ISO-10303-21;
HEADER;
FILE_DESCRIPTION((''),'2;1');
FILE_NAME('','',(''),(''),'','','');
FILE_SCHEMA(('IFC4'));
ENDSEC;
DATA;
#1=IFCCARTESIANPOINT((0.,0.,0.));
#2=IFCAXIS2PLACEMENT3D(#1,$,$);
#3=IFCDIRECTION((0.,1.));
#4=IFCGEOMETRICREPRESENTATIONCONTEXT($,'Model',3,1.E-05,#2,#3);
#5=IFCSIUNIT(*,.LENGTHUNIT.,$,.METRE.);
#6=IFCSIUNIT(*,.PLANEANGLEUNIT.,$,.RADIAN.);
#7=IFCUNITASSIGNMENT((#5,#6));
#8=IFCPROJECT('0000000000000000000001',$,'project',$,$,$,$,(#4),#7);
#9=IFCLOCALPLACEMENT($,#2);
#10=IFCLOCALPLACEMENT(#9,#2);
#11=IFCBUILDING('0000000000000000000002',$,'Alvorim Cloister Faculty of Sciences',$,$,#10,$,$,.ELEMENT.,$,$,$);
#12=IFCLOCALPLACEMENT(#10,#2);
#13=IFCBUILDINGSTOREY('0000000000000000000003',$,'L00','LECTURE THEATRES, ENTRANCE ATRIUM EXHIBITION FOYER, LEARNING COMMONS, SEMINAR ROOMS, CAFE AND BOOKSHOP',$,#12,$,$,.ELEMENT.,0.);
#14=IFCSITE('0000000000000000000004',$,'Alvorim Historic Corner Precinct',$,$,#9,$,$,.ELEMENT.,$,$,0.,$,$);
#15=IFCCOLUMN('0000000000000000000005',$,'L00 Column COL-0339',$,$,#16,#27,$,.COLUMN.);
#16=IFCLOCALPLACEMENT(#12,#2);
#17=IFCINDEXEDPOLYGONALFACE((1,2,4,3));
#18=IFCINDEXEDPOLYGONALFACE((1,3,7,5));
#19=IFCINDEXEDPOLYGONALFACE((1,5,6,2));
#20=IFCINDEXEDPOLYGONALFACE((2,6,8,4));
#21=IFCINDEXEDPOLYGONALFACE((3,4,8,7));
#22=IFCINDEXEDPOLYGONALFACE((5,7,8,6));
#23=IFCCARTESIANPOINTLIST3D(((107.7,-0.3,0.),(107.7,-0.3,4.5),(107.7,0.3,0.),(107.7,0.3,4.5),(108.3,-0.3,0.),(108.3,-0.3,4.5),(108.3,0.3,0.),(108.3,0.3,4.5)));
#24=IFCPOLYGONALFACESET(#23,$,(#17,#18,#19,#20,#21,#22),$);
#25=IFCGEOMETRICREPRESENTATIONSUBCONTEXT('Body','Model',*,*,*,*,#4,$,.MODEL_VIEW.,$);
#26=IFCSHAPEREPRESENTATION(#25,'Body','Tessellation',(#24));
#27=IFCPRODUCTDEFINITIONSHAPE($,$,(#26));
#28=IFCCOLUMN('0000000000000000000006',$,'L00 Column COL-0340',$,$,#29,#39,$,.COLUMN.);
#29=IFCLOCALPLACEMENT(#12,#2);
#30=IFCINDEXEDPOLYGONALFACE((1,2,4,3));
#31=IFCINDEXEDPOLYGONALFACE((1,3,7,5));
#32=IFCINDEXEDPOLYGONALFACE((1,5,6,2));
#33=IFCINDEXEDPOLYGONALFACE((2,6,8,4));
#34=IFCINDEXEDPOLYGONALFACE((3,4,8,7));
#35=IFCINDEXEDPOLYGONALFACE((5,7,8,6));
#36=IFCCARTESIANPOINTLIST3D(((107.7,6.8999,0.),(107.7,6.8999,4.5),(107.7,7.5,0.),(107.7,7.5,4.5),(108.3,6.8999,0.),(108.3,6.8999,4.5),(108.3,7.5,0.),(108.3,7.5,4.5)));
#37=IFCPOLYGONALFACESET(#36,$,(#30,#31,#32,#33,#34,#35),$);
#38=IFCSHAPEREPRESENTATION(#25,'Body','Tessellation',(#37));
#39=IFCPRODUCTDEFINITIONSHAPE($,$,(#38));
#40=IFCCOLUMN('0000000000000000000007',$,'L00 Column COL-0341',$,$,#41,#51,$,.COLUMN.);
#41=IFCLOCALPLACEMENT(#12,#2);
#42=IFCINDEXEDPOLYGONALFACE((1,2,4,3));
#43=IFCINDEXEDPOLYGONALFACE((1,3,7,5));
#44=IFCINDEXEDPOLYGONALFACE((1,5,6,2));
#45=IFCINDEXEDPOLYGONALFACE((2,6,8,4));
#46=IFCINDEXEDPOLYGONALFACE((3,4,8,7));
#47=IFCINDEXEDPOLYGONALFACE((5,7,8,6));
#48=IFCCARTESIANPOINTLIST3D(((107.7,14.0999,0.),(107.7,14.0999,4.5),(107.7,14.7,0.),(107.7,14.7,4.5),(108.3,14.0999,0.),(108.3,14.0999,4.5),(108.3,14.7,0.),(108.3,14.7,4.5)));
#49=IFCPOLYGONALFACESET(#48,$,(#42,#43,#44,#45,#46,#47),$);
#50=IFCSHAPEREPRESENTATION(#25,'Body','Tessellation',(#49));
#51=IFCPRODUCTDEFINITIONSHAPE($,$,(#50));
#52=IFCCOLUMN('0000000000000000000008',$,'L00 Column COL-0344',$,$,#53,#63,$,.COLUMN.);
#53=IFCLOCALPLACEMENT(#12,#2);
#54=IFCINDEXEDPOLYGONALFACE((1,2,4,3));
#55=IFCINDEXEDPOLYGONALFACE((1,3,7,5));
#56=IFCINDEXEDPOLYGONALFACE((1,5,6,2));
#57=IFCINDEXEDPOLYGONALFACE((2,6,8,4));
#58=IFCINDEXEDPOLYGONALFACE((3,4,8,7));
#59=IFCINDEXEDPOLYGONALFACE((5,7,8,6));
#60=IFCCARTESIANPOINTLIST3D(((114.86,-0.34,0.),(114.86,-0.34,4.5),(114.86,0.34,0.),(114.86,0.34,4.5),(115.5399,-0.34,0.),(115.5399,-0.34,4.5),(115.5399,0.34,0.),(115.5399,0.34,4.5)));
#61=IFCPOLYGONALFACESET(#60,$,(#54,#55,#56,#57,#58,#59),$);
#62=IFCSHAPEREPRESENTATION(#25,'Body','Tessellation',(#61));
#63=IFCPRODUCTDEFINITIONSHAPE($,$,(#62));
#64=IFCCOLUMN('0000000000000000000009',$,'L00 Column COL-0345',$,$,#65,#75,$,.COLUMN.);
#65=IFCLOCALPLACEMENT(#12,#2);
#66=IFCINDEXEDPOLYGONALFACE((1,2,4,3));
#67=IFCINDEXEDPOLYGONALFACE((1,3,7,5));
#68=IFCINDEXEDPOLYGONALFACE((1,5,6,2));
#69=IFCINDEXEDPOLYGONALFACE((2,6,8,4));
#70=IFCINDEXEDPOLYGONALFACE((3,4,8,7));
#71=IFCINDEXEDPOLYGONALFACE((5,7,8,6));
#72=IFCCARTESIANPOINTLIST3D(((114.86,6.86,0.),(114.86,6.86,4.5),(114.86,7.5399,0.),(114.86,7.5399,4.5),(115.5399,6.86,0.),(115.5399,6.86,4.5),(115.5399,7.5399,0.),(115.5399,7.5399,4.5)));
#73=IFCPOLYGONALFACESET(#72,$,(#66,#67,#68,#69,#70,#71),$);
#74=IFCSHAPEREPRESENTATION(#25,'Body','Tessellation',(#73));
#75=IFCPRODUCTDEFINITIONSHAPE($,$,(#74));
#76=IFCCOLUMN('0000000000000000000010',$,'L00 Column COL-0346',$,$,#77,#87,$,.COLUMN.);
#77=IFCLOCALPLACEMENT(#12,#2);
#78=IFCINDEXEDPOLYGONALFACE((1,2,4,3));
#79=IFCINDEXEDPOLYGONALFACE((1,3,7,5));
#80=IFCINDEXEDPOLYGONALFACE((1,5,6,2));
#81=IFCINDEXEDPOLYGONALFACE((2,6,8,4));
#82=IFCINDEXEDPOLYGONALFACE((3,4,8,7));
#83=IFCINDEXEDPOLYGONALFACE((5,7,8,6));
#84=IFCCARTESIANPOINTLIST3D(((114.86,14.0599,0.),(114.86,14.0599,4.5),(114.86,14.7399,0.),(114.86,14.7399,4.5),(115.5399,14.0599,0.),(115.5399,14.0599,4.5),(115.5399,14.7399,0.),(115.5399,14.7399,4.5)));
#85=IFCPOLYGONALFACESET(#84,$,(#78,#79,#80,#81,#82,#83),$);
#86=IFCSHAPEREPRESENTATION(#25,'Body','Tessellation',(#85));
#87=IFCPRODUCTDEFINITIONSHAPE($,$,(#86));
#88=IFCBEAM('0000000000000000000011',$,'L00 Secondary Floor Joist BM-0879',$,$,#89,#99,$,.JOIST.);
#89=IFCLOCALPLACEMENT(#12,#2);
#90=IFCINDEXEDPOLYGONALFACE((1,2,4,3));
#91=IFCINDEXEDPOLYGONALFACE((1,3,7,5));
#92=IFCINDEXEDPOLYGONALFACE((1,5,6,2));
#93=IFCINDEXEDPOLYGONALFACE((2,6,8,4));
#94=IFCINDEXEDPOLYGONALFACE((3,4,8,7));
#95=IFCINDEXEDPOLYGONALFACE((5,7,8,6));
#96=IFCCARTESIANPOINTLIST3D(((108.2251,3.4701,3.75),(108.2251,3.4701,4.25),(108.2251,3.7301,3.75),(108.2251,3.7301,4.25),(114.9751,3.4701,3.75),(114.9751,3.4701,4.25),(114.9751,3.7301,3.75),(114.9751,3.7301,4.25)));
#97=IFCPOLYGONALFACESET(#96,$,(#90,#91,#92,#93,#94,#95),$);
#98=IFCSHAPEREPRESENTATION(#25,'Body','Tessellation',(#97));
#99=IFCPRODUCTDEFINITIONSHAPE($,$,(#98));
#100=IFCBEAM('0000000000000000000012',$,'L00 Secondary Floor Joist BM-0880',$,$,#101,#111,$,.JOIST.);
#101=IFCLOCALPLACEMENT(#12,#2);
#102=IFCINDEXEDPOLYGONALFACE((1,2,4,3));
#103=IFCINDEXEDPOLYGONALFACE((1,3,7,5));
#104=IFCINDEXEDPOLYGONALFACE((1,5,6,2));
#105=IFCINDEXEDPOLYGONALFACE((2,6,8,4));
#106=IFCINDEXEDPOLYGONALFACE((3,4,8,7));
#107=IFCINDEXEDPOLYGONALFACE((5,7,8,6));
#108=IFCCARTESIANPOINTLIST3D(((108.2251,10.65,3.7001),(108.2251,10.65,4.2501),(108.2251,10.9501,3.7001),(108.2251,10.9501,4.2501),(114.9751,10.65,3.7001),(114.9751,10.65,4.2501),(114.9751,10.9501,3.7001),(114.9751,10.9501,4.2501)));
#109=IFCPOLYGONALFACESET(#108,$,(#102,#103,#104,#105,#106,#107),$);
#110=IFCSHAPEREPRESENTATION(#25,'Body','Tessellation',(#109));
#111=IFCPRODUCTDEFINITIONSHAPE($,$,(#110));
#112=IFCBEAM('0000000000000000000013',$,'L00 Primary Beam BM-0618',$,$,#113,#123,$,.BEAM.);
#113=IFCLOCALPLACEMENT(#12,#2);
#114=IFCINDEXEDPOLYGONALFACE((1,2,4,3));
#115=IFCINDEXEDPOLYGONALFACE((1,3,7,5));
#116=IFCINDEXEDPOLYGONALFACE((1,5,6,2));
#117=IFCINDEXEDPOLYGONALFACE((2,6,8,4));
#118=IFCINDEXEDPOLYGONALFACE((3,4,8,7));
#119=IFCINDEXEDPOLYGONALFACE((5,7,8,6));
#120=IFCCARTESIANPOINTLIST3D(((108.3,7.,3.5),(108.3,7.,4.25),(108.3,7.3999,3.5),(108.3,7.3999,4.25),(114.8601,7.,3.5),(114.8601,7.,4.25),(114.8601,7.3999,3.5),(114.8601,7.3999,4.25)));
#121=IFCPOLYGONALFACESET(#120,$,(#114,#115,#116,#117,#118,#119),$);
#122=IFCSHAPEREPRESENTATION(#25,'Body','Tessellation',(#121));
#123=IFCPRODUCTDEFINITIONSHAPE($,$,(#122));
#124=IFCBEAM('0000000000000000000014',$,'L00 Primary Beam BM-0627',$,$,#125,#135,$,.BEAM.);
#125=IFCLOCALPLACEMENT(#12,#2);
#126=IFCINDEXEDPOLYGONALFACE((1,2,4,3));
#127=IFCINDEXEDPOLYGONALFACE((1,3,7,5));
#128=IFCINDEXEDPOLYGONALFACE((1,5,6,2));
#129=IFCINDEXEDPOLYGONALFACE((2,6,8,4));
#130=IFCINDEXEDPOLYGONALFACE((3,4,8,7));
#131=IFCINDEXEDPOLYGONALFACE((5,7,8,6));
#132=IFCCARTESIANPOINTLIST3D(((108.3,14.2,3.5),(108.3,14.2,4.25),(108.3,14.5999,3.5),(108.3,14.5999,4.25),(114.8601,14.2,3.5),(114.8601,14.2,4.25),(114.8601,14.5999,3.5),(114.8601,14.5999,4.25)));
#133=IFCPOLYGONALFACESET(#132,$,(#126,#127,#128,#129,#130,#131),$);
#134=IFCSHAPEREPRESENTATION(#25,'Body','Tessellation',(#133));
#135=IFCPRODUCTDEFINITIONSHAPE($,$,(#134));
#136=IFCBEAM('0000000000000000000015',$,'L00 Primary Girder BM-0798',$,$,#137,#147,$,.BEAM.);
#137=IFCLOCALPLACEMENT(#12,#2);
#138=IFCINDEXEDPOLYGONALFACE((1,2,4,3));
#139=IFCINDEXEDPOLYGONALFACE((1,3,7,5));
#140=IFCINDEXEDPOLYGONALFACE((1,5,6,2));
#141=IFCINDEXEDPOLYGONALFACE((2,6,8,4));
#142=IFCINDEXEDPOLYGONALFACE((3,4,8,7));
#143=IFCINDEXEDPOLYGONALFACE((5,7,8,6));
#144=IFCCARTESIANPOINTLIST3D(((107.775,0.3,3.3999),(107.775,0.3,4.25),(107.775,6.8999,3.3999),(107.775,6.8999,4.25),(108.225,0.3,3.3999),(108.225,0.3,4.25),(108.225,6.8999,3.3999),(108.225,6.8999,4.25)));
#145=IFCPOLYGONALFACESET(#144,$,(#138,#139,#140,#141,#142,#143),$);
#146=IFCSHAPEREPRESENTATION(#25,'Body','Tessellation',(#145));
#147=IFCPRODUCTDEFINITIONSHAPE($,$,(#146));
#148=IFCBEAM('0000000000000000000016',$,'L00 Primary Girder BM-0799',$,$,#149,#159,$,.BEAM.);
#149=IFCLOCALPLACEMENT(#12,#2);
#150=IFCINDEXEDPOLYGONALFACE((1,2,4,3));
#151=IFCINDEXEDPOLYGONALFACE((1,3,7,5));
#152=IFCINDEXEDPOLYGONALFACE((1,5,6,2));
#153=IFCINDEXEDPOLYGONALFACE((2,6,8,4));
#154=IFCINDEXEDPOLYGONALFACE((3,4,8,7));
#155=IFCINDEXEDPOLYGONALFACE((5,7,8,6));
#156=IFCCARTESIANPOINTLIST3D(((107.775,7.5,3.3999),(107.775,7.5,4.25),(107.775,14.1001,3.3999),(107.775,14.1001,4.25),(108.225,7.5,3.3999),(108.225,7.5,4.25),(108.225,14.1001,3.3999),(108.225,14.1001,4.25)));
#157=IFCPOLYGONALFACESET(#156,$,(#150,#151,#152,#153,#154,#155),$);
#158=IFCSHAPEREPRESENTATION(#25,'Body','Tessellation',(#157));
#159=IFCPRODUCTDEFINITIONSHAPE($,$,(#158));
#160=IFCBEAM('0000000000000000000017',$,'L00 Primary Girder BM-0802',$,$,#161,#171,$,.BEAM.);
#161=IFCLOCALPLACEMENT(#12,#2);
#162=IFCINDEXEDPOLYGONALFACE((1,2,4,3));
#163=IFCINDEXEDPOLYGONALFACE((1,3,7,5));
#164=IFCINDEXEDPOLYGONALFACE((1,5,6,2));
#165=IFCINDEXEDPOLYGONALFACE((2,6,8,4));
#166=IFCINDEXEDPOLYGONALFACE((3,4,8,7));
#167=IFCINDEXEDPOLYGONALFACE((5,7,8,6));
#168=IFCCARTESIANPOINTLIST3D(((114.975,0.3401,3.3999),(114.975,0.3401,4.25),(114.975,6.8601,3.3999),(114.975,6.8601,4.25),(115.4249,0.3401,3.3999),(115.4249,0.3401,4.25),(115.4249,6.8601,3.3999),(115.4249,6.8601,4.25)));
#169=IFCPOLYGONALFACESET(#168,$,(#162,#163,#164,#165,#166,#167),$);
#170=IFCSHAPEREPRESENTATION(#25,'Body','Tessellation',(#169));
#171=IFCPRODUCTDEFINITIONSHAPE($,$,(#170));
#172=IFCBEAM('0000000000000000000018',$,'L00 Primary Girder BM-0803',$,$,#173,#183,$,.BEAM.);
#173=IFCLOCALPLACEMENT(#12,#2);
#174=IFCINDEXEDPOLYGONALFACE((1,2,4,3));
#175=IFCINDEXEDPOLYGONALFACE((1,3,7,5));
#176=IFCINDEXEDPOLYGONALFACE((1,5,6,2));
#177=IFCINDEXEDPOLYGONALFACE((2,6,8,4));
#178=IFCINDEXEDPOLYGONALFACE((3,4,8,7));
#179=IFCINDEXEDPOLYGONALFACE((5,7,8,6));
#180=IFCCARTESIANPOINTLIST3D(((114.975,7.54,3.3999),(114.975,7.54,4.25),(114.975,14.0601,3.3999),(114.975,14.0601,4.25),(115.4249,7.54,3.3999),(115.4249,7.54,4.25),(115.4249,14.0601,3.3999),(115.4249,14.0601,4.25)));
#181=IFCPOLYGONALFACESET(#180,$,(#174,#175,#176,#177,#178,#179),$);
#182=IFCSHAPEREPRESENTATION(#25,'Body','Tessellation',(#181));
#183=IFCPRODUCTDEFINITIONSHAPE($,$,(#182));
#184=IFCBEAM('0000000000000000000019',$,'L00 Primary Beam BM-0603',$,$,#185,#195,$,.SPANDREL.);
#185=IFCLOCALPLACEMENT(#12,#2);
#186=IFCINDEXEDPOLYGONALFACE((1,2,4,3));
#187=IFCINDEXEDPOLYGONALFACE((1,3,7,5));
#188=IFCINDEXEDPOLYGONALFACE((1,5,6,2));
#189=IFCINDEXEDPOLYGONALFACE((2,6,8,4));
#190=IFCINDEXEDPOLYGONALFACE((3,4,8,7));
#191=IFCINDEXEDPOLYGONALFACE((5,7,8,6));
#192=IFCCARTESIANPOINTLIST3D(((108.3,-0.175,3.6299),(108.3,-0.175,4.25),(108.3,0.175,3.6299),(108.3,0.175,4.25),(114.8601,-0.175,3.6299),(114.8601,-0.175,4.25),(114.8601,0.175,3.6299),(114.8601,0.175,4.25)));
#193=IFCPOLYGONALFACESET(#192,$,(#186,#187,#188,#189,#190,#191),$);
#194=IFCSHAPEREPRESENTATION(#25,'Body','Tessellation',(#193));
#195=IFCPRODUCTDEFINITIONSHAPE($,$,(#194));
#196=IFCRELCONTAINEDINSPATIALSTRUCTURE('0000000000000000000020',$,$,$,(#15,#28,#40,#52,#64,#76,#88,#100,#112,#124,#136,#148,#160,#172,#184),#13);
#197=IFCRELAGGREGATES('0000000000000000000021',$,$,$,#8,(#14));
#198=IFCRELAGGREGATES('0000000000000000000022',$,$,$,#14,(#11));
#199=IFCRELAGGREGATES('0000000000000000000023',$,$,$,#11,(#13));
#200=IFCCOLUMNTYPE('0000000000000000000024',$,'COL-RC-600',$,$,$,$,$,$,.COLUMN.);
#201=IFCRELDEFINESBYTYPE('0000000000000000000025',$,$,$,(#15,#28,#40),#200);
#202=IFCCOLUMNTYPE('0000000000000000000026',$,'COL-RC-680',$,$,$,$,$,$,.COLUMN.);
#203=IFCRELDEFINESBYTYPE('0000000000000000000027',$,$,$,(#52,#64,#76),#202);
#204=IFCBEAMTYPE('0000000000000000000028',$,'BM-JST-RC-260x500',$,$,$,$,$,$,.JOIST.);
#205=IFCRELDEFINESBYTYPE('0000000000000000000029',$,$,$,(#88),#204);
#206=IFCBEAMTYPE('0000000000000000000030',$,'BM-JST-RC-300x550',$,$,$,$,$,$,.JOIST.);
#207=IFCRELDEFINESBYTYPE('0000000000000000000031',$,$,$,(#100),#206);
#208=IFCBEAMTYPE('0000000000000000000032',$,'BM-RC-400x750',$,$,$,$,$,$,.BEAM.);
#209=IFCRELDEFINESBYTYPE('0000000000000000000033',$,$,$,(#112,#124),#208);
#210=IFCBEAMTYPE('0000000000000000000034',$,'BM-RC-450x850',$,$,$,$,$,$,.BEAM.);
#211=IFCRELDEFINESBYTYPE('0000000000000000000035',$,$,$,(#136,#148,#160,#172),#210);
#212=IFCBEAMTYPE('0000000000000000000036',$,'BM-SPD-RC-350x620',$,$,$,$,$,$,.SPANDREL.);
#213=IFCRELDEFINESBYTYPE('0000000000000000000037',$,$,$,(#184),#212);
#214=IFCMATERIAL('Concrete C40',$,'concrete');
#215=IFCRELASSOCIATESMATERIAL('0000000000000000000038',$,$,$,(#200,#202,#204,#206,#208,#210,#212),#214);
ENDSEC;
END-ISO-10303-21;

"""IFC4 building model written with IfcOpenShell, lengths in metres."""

from ifc_helpers import new_model, si_unit, direction, frame, origin, origin_2d, place, context, subcontext, project, spatial, rectangle, extrude, material, material_profile, profile_set, type_object, element, save


model = new_model("IFC4")

# Units and contexts
model_context = context("Model", 3, precision=1e-05, world=origin(), true_north=direction((0.0, 1.0)))
body_context = subcontext(model_context, "Body", "Model", "MODEL_VIEW")
ifc_project = project(units=[si_unit("LENGTHUNIT", "METRE"), si_unit("PLANEANGLEUNIT", "RADIAN")], contexts=[model_context])

# Site, building, storey
site_placement = place(None, origin())
site = spatial("IfcSite", under=ifc_project, at=site_placement, Name="Alvorim Historic Corner Precinct", CompositionType="ELEMENT", RefElevation=0.0)
building_placement = place(site_placement, origin())
building = spatial("IfcBuilding", under=site, at=building_placement, Name="Alvorim Cloister Faculty of Sciences", CompositionType="ELEMENT")
storey_placement = place(building_placement, origin())
storey = spatial("IfcBuildingStorey", under=building, at=storey_placement, Name="L00", Description="LECTURE THEATRES, ENTRANCE ATRIUM EXHIBITION FOYER, LEARNING COMMONS, SEMINAR ROOMS, CAFE AND BOOKSHOP", CompositionType="ELEMENT", Elevation=0.0)

# Columns
ifc_material_1 = material(Name="Concrete C40", Category="concrete")
ifc_material_profile_1 = material_profile(ifc_material_1, rectangle(XDim=0.6001, YDim=0.6001, at=origin_2d()), Name="RC40-COL-600x600")
ifc_profile_set_1 = profile_set([ifc_material_profile_1], Name="Concrete C40")
column_type_1 = type_object("IfcColumnType", Name="COL-RC-600", PredefinedType="COLUMN", material=ifc_profile_set_1)
for number, where, z_axis, x_axis, name in (
    (1, (108.0, 0.0, 0.0), (0.0, 0.0, 1.0), (1.0, 0.0, 0.0), "L00 Column COL-0339"),
    (2, (108.0, 7.2, 0.0), (0.0, 0.0, 1.0), (1.0, 0.0, 0.0), "L00 Column COL-0340"),
    (3, (108.0, 14.3999, 0.0), (0.0, 0.0, 1.0), (1.0, 0.0, 0.0), "L00 Column COL-0341"),
):
    element("IfcColumn", number, at=place(storey_placement, frame(where, z_axis=z_axis, x_axis=x_axis)), inside=storey, type_object=column_type_1, Name=name, PredefinedType="COLUMN", context=body_context, shape_type="SweptSolid", body=[
        extrude(rectangle(XDim=0.6001, YDim=0.6001, at=origin_2d()), origin(), (0.0, 0.0, 1.0), 4.5),
    ])
ifc_material_profile_2 = material_profile(ifc_material_1, rectangle(XDim=0.6799, YDim=0.6799, at=origin_2d()), Name="RC40-COL-680x680")
ifc_profile_set_2 = profile_set([ifc_material_profile_2], Name="Concrete C40")
column_type_2 = type_object("IfcColumnType", Name="COL-RC-680", PredefinedType="COLUMN", material=ifc_profile_set_2)
for number, where, z_axis, x_axis, name in (
    (4, (115.2, 0.0, 0.0), (0.0, 0.0, 1.0), (1.0, 0.0, 0.0), "L00 Column COL-0344"),
    (5, (115.2, 7.2, 0.0), (0.0, 0.0, 1.0), (1.0, 0.0, 0.0), "L00 Column COL-0345"),
    (6, (115.2, 14.3999, 0.0), (0.0, 0.0, 1.0), (1.0, 0.0, 0.0), "L00 Column COL-0346"),
):
    element("IfcColumn", number, at=place(storey_placement, frame(where, z_axis=z_axis, x_axis=x_axis)), inside=storey, type_object=column_type_2, Name=name, PredefinedType="COLUMN", context=body_context, shape_type="SweptSolid", body=[
        extrude(rectangle(XDim=0.6799, YDim=0.6799, at=origin_2d()), origin(), (0.0, 0.0, 1.0), 4.5),
    ])

# Beams
ifc_material_profile_3 = material_profile(ifc_material_1, rectangle(XDim=0.26, YDim=0.5, at=origin_2d()), Name="RC40-JST-260x500")
ifc_profile_set_3 = profile_set([ifc_material_profile_3], Name="Concrete C40")
beam_type_1 = type_object("IfcBeamType", Name="BM-JST-RC-260x500", PredefinedType="JOIST", material=ifc_profile_set_3)
beam_1_placement = place(storey_placement, frame((108.2251, 3.6001, 4.0), z_axis=(1.0, 0.0, 0.0), x_axis=(0.0, 1.0, 0.0)))
element("IfcBeam", 7, at=beam_1_placement, inside=storey, type_object=beam_type_1, Name="L00 Secondary Floor Joist BM-0879", PredefinedType="JOIST", context=body_context, shape_type="SweptSolid", body=[
    extrude(rectangle(XDim=0.26, YDim=0.5, at=origin_2d()), origin(), (0.0, 0.0, 1.0), 6.75),
])
ifc_material_profile_4 = material_profile(ifc_material_1, rectangle(XDim=0.3, YDim=0.55, at=origin_2d()), Name="RC40-JST-300x550")
ifc_profile_set_4 = profile_set([ifc_material_profile_4], Name="Concrete C40")
beam_type_2 = type_object("IfcBeamType", Name="BM-JST-RC-300x550", PredefinedType="JOIST", material=ifc_profile_set_4)
beam_2_placement = place(storey_placement, frame((108.2251, 10.8, 3.9751), z_axis=(1.0, 0.0, 0.0), x_axis=(0.0, 1.0, 0.0)))
element("IfcBeam", 8, at=beam_2_placement, inside=storey, type_object=beam_type_2, Name="L00 Secondary Floor Joist BM-0880", PredefinedType="JOIST", context=body_context, shape_type="SweptSolid", body=[
    extrude(rectangle(XDim=0.3, YDim=0.55, at=origin_2d()), origin(), (0.0, 0.0, 1.0), 6.75),
])
ifc_material_profile_5 = material_profile(ifc_material_1, rectangle(XDim=0.3999, YDim=0.75, at=origin_2d()), Name="RC40-BM-400x750")
ifc_profile_set_5 = profile_set([ifc_material_profile_5], Name="Concrete C40")
beam_type_3 = type_object("IfcBeamType", Name="BM-RC-400x750", PredefinedType="BEAM", material=ifc_profile_set_5)
for number, where, z_axis, x_axis, name in (
    (9, (108.3, 7.2, 3.875), (1.0, 0.0, 0.0), (0.0, 1.0, 0.0), "L00 Primary Beam BM-0618"),
    (10, (108.3, 14.3999, 3.875), (1.0, 0.0, 0.0), (0.0, 1.0, 0.0), "L00 Primary Beam BM-0627"),
):
    element("IfcBeam", number, at=place(storey_placement, frame(where, z_axis=z_axis, x_axis=x_axis)), inside=storey, type_object=beam_type_3, Name=name, PredefinedType="BEAM", context=body_context, shape_type="SweptSolid", body=[
        extrude(rectangle(XDim=0.3999, YDim=0.75, at=origin_2d()), origin(), (0.0, 0.0, 1.0), 6.5601),
    ])
ifc_material_profile_6 = material_profile(ifc_material_1, rectangle(XDim=0.45, YDim=0.8501, at=origin_2d()), Name="RC40-BM-450x850")
ifc_profile_set_6 = profile_set([ifc_material_profile_6], Name="Concrete C40")
beam_type_4 = type_object("IfcBeamType", Name="BM-RC-450x850", PredefinedType="BEAM", material=ifc_profile_set_6)
beam_3_placement = place(storey_placement, frame((108.0, 0.3, 3.825), z_axis=(0.0, 1.0, 0.0), x_axis=(-1.0, 0.0, 0.0)))
element("IfcBeam", 11, at=beam_3_placement, inside=storey, type_object=beam_type_4, Name="L00 Primary Girder BM-0798", PredefinedType="BEAM", context=body_context, shape_type="SweptSolid", body=[
    extrude(rectangle(XDim=0.45, YDim=0.8501, at=origin_2d()), origin(), (0.0, 0.0, 1.0), 6.5999),
])
beam_4_placement = place(storey_placement, frame((108.0, 7.5, 3.825), z_axis=(0.0, 1.0, 0.0), x_axis=(-1.0, 0.0, 0.0)))
element("IfcBeam", 12, at=beam_4_placement, inside=storey, type_object=beam_type_4, Name="L00 Primary Girder BM-0799", PredefinedType="BEAM", context=body_context, shape_type="SweptSolid", body=[
    extrude(rectangle(XDim=0.45, YDim=0.8501, at=origin_2d()), origin(), (0.0, 0.0, 1.0), 6.6001),
])
for number, where, z_axis, x_axis, name in (
    (13, (115.2, 0.3401, 3.825), (0.0, 1.0, 0.0), (-1.0, 0.0, 0.0), "L00 Primary Girder BM-0802"),
    (14, (115.2, 7.54, 3.825), (0.0, 1.0, 0.0), (-1.0, 0.0, 0.0), "L00 Primary Girder BM-0803"),
):
    element("IfcBeam", number, at=place(storey_placement, frame(where, z_axis=z_axis, x_axis=x_axis)), inside=storey, type_object=beam_type_4, Name=name, PredefinedType="BEAM", context=body_context, shape_type="SweptSolid", body=[
        extrude(rectangle(XDim=0.45, YDim=0.8501, at=origin_2d()), origin(), (0.0, 0.0, 1.0), 6.52),
    ])
ifc_material_profile_7 = material_profile(ifc_material_1, rectangle(XDim=0.3501, YDim=0.6201, at=origin_2d()), Name="RC40-SPD-350x620")
ifc_profile_set_7 = profile_set([ifc_material_profile_7], Name="Concrete C40")
beam_type_5 = type_object("IfcBeamType", Name="BM-SPD-RC-350x620", PredefinedType="SPANDREL", material=ifc_profile_set_7)
beam_5_placement = place(storey_placement, frame((108.3, 0.0, 3.9399), z_axis=(1.0, 0.0, 0.0), x_axis=(0.0, 1.0, 0.0)))
element("IfcBeam", 15, at=beam_5_placement, inside=storey, type_object=beam_type_5, Name="L00 Primary Beam BM-0603", PredefinedType="SPANDREL", context=body_context, shape_type="SweptSolid", body=[
    extrude(rectangle(XDim=0.3501, YDim=0.6201, at=origin_2d()), origin(), (0.0, 0.0, 1.0), 6.5601),
])

save(model, "model.ifc")
